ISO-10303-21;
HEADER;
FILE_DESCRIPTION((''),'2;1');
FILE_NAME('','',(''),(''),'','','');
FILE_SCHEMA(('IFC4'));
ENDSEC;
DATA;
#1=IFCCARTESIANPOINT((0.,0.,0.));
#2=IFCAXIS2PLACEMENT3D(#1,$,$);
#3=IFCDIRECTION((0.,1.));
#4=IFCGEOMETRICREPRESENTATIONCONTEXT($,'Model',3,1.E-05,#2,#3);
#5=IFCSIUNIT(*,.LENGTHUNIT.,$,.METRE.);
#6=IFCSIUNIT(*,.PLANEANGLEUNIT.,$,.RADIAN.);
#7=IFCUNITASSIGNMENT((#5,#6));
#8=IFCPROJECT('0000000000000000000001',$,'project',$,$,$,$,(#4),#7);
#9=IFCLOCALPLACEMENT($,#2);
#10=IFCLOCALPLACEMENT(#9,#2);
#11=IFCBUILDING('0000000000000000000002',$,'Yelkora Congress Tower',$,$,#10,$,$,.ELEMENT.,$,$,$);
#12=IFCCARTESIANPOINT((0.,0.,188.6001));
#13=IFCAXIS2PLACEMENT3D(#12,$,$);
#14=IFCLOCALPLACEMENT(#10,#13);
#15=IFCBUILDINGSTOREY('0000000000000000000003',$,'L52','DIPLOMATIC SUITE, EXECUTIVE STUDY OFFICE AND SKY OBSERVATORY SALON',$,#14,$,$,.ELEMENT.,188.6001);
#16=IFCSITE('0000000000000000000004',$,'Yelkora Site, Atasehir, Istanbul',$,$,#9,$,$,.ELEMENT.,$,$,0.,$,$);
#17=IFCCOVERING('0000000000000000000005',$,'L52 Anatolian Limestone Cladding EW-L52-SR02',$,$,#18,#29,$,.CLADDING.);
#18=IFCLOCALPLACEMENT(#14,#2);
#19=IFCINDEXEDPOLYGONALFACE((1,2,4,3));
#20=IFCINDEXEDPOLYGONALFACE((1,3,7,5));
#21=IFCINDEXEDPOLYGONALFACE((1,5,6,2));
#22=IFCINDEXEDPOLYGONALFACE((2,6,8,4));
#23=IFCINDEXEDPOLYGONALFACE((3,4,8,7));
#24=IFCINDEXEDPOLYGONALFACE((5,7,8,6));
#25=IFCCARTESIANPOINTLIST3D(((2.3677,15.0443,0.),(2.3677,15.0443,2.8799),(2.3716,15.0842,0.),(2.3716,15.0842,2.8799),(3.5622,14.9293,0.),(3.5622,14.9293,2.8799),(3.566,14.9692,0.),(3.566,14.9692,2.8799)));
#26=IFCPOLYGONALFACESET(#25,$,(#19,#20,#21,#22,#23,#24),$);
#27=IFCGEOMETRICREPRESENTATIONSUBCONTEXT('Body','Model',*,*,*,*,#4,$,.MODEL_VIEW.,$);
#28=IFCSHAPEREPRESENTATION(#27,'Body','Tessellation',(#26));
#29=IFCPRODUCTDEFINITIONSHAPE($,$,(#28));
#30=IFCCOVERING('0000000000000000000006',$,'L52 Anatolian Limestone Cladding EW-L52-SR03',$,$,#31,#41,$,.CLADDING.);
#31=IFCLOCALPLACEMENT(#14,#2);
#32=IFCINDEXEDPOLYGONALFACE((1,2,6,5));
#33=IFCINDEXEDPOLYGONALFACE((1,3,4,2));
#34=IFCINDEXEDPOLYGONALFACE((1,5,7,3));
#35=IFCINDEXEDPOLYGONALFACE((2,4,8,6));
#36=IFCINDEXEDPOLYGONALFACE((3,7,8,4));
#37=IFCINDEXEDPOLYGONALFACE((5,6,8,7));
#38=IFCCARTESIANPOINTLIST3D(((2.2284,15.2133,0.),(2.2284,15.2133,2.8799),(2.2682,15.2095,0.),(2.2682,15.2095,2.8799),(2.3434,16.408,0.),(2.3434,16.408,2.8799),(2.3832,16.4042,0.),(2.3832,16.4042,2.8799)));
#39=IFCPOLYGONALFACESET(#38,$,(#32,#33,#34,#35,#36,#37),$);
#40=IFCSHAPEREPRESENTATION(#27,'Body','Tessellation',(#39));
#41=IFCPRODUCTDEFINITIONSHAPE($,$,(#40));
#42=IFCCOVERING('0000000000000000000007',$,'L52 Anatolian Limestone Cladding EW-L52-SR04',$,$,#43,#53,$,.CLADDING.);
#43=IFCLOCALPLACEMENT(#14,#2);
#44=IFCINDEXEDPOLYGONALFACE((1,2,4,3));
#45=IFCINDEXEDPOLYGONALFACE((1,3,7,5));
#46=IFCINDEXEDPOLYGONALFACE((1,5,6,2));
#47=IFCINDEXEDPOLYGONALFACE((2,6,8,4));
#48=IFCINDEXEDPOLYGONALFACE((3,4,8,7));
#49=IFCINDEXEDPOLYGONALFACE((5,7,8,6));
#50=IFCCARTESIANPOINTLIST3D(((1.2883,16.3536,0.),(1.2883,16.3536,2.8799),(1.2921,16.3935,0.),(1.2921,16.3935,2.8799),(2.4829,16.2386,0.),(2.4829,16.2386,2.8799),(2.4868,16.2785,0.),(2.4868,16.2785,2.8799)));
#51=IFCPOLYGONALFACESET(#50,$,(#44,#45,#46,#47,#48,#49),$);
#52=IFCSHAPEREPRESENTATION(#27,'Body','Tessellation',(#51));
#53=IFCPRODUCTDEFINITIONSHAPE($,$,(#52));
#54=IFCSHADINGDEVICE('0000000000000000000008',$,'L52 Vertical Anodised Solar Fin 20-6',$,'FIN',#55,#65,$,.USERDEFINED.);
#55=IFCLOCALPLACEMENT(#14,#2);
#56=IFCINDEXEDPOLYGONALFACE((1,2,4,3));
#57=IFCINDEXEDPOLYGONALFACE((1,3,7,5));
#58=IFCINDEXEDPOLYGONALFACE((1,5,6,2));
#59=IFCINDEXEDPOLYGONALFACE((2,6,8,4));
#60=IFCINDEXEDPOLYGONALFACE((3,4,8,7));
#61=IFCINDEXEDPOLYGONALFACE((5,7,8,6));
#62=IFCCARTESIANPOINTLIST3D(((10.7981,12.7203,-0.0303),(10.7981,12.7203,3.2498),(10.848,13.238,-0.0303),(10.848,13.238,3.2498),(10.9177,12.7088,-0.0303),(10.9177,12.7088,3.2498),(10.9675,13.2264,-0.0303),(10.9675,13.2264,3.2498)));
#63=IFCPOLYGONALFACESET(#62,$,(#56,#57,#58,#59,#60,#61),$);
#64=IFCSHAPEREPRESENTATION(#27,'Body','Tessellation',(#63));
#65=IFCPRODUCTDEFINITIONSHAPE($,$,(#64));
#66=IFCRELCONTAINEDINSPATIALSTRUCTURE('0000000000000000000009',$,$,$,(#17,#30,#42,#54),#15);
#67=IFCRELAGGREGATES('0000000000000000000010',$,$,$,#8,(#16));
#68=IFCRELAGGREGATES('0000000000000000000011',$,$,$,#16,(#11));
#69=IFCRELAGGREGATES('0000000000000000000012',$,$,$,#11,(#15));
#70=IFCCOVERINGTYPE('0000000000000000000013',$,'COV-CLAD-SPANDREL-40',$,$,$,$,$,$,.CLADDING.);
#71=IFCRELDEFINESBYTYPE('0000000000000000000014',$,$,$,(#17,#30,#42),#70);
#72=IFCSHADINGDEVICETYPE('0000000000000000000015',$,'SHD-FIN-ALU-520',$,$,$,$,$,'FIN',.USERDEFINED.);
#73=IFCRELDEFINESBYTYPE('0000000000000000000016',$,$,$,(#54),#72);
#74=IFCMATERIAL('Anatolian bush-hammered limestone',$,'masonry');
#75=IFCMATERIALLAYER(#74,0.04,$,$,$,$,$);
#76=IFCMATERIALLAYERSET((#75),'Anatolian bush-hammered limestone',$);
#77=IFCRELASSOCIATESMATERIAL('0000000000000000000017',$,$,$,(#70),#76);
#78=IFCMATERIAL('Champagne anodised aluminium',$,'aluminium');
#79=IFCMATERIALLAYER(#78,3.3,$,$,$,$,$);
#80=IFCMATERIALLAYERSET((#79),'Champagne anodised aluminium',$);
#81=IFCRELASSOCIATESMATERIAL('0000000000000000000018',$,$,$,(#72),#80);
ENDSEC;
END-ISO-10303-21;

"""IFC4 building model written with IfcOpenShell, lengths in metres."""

from ifc_helpers import new_model, si_unit, direction, frame, frame_2d, origin, origin_2d, place, context, subcontext, project, spatial, rectangle, extrude, material, layer, layer_set, type_object, element, save


model = new_model("IFC4")

# Units and contexts
model_context = context("Model", 3, precision=1e-05, world=origin(), true_north=direction((0.0, 1.0)))
body_context = subcontext(model_context, "Body", "Model", "MODEL_VIEW")
ifc_project = project(units=[si_unit("LENGTHUNIT", "METRE"), si_unit("PLANEANGLEUNIT", "RADIAN")], contexts=[model_context])

# Site, building, storey
site_placement = place(None, origin())
site = spatial("IfcSite", under=ifc_project, at=site_placement, Name="Yelkora Site, Atasehir, Istanbul", CompositionType="ELEMENT", RefElevation=0.0)
building_placement = place(site_placement, origin())
building = spatial("IfcBuilding", under=site, at=building_placement, Name="Yelkora Congress Tower", CompositionType="ELEMENT")
storey_placement = place(building_placement, frame((0.0, 0.0, 188.6001)))
storey = spatial("IfcBuildingStorey", under=building, at=storey_placement, Name="L52", Description="DIPLOMATIC SUITE, EXECUTIVE STUDY OFFICE AND SKY OBSERVATORY SALON", CompositionType="ELEMENT", Elevation=188.6001)

# Coverings
ifc_material_1 = material(Name="Anatolian bush-hammered limestone", Category="masonry")
ifc_layer_1 = layer(ifc_material_1, 0.04)
ifc_layer_set_1 = layer_set([ifc_layer_1], Name="Anatolian bush-hammered limestone")
covering_type = type_object("IfcCoveringType", Name="COV-CLAD-SPANDREL-40", PredefinedType="CLADDING", material=ifc_layer_set_1)
covering_1_placement = place(storey_placement, frame((3.5642, 14.9492, 0.0), z_axis=(0.0, 0.0, 1.0), x_axis=(-0.995397, 0.095836, 0.0)))
element("IfcCovering", 1, at=covering_1_placement, inside=storey, type_object=covering_type, Name="L52 Anatolian Limestone Cladding EW-L52-SR02", PredefinedType="CLADDING", context=body_context, shape_type="SweptSolid", body=[
    extrude(rectangle(XDim=1.2, YDim=0.04, at=frame_2d((0.6001, 0.0))), origin(), (0.0, 0.0, 1.0), 2.8799),
])
for number, where, z_axis, x_axis, name in (
    (2, (2.2483, 15.2114, 0.0), (0.0, 0.0, 1.0), (0.095817, 0.995399, 0.0), "L52 Anatolian Limestone Cladding EW-L52-SR03"),
    (3, (2.4849, 16.2585, 0.0), (0.0, 0.0, 1.0), (-0.995399, 0.095817, 0.0), "L52 Anatolian Limestone Cladding EW-L52-SR04"),
):
    element("IfcCovering", number, at=place(storey_placement, frame(where, z_axis=z_axis, x_axis=x_axis)), inside=storey, type_object=covering_type, Name=name, PredefinedType="CLADDING", context=body_context, shape_type="SweptSolid", body=[
        extrude(rectangle(XDim=1.2002, YDim=0.04, at=frame_2d((0.6001, 0.0))), origin(), (0.0, 0.0, 1.0), 2.8799),
    ])

# Shading device
ifc_material_2 = material(Name="Champagne anodised aluminium", Category="aluminium")
ifc_layer_2 = layer(ifc_material_2, 3.3)
ifc_layer_set_2 = layer_set([ifc_layer_2], Name="Champagne anodised aluminium")
shading_device_type = type_object("IfcShadingDeviceType", Name="SHD-FIN-ALU-520", ElementType="FIN", PredefinedType="USERDEFINED", material=ifc_layer_set_2)
shading_device_placement = place(storey_placement, frame((10.8828, 12.9734, -0.0303), z_axis=(0.0, 0.0, 1.0), x_axis=(-0.995396, 0.095846, 0.0)))
element("IfcShadingDevice", 4, at=shading_device_placement, inside=storey, type_object=shading_device_type, Name="L52 Vertical Anodised Solar Fin 20-6", ObjectType="FIN", PredefinedType="USERDEFINED", context=body_context, shape_type="SweptSolid", body=[
    extrude(rectangle(XDim=0.1201, YDim=0.52, at=origin_2d()), origin(), (0.0, 0.0, 1.0), 3.28),
])

save(model, "model.ifc")
